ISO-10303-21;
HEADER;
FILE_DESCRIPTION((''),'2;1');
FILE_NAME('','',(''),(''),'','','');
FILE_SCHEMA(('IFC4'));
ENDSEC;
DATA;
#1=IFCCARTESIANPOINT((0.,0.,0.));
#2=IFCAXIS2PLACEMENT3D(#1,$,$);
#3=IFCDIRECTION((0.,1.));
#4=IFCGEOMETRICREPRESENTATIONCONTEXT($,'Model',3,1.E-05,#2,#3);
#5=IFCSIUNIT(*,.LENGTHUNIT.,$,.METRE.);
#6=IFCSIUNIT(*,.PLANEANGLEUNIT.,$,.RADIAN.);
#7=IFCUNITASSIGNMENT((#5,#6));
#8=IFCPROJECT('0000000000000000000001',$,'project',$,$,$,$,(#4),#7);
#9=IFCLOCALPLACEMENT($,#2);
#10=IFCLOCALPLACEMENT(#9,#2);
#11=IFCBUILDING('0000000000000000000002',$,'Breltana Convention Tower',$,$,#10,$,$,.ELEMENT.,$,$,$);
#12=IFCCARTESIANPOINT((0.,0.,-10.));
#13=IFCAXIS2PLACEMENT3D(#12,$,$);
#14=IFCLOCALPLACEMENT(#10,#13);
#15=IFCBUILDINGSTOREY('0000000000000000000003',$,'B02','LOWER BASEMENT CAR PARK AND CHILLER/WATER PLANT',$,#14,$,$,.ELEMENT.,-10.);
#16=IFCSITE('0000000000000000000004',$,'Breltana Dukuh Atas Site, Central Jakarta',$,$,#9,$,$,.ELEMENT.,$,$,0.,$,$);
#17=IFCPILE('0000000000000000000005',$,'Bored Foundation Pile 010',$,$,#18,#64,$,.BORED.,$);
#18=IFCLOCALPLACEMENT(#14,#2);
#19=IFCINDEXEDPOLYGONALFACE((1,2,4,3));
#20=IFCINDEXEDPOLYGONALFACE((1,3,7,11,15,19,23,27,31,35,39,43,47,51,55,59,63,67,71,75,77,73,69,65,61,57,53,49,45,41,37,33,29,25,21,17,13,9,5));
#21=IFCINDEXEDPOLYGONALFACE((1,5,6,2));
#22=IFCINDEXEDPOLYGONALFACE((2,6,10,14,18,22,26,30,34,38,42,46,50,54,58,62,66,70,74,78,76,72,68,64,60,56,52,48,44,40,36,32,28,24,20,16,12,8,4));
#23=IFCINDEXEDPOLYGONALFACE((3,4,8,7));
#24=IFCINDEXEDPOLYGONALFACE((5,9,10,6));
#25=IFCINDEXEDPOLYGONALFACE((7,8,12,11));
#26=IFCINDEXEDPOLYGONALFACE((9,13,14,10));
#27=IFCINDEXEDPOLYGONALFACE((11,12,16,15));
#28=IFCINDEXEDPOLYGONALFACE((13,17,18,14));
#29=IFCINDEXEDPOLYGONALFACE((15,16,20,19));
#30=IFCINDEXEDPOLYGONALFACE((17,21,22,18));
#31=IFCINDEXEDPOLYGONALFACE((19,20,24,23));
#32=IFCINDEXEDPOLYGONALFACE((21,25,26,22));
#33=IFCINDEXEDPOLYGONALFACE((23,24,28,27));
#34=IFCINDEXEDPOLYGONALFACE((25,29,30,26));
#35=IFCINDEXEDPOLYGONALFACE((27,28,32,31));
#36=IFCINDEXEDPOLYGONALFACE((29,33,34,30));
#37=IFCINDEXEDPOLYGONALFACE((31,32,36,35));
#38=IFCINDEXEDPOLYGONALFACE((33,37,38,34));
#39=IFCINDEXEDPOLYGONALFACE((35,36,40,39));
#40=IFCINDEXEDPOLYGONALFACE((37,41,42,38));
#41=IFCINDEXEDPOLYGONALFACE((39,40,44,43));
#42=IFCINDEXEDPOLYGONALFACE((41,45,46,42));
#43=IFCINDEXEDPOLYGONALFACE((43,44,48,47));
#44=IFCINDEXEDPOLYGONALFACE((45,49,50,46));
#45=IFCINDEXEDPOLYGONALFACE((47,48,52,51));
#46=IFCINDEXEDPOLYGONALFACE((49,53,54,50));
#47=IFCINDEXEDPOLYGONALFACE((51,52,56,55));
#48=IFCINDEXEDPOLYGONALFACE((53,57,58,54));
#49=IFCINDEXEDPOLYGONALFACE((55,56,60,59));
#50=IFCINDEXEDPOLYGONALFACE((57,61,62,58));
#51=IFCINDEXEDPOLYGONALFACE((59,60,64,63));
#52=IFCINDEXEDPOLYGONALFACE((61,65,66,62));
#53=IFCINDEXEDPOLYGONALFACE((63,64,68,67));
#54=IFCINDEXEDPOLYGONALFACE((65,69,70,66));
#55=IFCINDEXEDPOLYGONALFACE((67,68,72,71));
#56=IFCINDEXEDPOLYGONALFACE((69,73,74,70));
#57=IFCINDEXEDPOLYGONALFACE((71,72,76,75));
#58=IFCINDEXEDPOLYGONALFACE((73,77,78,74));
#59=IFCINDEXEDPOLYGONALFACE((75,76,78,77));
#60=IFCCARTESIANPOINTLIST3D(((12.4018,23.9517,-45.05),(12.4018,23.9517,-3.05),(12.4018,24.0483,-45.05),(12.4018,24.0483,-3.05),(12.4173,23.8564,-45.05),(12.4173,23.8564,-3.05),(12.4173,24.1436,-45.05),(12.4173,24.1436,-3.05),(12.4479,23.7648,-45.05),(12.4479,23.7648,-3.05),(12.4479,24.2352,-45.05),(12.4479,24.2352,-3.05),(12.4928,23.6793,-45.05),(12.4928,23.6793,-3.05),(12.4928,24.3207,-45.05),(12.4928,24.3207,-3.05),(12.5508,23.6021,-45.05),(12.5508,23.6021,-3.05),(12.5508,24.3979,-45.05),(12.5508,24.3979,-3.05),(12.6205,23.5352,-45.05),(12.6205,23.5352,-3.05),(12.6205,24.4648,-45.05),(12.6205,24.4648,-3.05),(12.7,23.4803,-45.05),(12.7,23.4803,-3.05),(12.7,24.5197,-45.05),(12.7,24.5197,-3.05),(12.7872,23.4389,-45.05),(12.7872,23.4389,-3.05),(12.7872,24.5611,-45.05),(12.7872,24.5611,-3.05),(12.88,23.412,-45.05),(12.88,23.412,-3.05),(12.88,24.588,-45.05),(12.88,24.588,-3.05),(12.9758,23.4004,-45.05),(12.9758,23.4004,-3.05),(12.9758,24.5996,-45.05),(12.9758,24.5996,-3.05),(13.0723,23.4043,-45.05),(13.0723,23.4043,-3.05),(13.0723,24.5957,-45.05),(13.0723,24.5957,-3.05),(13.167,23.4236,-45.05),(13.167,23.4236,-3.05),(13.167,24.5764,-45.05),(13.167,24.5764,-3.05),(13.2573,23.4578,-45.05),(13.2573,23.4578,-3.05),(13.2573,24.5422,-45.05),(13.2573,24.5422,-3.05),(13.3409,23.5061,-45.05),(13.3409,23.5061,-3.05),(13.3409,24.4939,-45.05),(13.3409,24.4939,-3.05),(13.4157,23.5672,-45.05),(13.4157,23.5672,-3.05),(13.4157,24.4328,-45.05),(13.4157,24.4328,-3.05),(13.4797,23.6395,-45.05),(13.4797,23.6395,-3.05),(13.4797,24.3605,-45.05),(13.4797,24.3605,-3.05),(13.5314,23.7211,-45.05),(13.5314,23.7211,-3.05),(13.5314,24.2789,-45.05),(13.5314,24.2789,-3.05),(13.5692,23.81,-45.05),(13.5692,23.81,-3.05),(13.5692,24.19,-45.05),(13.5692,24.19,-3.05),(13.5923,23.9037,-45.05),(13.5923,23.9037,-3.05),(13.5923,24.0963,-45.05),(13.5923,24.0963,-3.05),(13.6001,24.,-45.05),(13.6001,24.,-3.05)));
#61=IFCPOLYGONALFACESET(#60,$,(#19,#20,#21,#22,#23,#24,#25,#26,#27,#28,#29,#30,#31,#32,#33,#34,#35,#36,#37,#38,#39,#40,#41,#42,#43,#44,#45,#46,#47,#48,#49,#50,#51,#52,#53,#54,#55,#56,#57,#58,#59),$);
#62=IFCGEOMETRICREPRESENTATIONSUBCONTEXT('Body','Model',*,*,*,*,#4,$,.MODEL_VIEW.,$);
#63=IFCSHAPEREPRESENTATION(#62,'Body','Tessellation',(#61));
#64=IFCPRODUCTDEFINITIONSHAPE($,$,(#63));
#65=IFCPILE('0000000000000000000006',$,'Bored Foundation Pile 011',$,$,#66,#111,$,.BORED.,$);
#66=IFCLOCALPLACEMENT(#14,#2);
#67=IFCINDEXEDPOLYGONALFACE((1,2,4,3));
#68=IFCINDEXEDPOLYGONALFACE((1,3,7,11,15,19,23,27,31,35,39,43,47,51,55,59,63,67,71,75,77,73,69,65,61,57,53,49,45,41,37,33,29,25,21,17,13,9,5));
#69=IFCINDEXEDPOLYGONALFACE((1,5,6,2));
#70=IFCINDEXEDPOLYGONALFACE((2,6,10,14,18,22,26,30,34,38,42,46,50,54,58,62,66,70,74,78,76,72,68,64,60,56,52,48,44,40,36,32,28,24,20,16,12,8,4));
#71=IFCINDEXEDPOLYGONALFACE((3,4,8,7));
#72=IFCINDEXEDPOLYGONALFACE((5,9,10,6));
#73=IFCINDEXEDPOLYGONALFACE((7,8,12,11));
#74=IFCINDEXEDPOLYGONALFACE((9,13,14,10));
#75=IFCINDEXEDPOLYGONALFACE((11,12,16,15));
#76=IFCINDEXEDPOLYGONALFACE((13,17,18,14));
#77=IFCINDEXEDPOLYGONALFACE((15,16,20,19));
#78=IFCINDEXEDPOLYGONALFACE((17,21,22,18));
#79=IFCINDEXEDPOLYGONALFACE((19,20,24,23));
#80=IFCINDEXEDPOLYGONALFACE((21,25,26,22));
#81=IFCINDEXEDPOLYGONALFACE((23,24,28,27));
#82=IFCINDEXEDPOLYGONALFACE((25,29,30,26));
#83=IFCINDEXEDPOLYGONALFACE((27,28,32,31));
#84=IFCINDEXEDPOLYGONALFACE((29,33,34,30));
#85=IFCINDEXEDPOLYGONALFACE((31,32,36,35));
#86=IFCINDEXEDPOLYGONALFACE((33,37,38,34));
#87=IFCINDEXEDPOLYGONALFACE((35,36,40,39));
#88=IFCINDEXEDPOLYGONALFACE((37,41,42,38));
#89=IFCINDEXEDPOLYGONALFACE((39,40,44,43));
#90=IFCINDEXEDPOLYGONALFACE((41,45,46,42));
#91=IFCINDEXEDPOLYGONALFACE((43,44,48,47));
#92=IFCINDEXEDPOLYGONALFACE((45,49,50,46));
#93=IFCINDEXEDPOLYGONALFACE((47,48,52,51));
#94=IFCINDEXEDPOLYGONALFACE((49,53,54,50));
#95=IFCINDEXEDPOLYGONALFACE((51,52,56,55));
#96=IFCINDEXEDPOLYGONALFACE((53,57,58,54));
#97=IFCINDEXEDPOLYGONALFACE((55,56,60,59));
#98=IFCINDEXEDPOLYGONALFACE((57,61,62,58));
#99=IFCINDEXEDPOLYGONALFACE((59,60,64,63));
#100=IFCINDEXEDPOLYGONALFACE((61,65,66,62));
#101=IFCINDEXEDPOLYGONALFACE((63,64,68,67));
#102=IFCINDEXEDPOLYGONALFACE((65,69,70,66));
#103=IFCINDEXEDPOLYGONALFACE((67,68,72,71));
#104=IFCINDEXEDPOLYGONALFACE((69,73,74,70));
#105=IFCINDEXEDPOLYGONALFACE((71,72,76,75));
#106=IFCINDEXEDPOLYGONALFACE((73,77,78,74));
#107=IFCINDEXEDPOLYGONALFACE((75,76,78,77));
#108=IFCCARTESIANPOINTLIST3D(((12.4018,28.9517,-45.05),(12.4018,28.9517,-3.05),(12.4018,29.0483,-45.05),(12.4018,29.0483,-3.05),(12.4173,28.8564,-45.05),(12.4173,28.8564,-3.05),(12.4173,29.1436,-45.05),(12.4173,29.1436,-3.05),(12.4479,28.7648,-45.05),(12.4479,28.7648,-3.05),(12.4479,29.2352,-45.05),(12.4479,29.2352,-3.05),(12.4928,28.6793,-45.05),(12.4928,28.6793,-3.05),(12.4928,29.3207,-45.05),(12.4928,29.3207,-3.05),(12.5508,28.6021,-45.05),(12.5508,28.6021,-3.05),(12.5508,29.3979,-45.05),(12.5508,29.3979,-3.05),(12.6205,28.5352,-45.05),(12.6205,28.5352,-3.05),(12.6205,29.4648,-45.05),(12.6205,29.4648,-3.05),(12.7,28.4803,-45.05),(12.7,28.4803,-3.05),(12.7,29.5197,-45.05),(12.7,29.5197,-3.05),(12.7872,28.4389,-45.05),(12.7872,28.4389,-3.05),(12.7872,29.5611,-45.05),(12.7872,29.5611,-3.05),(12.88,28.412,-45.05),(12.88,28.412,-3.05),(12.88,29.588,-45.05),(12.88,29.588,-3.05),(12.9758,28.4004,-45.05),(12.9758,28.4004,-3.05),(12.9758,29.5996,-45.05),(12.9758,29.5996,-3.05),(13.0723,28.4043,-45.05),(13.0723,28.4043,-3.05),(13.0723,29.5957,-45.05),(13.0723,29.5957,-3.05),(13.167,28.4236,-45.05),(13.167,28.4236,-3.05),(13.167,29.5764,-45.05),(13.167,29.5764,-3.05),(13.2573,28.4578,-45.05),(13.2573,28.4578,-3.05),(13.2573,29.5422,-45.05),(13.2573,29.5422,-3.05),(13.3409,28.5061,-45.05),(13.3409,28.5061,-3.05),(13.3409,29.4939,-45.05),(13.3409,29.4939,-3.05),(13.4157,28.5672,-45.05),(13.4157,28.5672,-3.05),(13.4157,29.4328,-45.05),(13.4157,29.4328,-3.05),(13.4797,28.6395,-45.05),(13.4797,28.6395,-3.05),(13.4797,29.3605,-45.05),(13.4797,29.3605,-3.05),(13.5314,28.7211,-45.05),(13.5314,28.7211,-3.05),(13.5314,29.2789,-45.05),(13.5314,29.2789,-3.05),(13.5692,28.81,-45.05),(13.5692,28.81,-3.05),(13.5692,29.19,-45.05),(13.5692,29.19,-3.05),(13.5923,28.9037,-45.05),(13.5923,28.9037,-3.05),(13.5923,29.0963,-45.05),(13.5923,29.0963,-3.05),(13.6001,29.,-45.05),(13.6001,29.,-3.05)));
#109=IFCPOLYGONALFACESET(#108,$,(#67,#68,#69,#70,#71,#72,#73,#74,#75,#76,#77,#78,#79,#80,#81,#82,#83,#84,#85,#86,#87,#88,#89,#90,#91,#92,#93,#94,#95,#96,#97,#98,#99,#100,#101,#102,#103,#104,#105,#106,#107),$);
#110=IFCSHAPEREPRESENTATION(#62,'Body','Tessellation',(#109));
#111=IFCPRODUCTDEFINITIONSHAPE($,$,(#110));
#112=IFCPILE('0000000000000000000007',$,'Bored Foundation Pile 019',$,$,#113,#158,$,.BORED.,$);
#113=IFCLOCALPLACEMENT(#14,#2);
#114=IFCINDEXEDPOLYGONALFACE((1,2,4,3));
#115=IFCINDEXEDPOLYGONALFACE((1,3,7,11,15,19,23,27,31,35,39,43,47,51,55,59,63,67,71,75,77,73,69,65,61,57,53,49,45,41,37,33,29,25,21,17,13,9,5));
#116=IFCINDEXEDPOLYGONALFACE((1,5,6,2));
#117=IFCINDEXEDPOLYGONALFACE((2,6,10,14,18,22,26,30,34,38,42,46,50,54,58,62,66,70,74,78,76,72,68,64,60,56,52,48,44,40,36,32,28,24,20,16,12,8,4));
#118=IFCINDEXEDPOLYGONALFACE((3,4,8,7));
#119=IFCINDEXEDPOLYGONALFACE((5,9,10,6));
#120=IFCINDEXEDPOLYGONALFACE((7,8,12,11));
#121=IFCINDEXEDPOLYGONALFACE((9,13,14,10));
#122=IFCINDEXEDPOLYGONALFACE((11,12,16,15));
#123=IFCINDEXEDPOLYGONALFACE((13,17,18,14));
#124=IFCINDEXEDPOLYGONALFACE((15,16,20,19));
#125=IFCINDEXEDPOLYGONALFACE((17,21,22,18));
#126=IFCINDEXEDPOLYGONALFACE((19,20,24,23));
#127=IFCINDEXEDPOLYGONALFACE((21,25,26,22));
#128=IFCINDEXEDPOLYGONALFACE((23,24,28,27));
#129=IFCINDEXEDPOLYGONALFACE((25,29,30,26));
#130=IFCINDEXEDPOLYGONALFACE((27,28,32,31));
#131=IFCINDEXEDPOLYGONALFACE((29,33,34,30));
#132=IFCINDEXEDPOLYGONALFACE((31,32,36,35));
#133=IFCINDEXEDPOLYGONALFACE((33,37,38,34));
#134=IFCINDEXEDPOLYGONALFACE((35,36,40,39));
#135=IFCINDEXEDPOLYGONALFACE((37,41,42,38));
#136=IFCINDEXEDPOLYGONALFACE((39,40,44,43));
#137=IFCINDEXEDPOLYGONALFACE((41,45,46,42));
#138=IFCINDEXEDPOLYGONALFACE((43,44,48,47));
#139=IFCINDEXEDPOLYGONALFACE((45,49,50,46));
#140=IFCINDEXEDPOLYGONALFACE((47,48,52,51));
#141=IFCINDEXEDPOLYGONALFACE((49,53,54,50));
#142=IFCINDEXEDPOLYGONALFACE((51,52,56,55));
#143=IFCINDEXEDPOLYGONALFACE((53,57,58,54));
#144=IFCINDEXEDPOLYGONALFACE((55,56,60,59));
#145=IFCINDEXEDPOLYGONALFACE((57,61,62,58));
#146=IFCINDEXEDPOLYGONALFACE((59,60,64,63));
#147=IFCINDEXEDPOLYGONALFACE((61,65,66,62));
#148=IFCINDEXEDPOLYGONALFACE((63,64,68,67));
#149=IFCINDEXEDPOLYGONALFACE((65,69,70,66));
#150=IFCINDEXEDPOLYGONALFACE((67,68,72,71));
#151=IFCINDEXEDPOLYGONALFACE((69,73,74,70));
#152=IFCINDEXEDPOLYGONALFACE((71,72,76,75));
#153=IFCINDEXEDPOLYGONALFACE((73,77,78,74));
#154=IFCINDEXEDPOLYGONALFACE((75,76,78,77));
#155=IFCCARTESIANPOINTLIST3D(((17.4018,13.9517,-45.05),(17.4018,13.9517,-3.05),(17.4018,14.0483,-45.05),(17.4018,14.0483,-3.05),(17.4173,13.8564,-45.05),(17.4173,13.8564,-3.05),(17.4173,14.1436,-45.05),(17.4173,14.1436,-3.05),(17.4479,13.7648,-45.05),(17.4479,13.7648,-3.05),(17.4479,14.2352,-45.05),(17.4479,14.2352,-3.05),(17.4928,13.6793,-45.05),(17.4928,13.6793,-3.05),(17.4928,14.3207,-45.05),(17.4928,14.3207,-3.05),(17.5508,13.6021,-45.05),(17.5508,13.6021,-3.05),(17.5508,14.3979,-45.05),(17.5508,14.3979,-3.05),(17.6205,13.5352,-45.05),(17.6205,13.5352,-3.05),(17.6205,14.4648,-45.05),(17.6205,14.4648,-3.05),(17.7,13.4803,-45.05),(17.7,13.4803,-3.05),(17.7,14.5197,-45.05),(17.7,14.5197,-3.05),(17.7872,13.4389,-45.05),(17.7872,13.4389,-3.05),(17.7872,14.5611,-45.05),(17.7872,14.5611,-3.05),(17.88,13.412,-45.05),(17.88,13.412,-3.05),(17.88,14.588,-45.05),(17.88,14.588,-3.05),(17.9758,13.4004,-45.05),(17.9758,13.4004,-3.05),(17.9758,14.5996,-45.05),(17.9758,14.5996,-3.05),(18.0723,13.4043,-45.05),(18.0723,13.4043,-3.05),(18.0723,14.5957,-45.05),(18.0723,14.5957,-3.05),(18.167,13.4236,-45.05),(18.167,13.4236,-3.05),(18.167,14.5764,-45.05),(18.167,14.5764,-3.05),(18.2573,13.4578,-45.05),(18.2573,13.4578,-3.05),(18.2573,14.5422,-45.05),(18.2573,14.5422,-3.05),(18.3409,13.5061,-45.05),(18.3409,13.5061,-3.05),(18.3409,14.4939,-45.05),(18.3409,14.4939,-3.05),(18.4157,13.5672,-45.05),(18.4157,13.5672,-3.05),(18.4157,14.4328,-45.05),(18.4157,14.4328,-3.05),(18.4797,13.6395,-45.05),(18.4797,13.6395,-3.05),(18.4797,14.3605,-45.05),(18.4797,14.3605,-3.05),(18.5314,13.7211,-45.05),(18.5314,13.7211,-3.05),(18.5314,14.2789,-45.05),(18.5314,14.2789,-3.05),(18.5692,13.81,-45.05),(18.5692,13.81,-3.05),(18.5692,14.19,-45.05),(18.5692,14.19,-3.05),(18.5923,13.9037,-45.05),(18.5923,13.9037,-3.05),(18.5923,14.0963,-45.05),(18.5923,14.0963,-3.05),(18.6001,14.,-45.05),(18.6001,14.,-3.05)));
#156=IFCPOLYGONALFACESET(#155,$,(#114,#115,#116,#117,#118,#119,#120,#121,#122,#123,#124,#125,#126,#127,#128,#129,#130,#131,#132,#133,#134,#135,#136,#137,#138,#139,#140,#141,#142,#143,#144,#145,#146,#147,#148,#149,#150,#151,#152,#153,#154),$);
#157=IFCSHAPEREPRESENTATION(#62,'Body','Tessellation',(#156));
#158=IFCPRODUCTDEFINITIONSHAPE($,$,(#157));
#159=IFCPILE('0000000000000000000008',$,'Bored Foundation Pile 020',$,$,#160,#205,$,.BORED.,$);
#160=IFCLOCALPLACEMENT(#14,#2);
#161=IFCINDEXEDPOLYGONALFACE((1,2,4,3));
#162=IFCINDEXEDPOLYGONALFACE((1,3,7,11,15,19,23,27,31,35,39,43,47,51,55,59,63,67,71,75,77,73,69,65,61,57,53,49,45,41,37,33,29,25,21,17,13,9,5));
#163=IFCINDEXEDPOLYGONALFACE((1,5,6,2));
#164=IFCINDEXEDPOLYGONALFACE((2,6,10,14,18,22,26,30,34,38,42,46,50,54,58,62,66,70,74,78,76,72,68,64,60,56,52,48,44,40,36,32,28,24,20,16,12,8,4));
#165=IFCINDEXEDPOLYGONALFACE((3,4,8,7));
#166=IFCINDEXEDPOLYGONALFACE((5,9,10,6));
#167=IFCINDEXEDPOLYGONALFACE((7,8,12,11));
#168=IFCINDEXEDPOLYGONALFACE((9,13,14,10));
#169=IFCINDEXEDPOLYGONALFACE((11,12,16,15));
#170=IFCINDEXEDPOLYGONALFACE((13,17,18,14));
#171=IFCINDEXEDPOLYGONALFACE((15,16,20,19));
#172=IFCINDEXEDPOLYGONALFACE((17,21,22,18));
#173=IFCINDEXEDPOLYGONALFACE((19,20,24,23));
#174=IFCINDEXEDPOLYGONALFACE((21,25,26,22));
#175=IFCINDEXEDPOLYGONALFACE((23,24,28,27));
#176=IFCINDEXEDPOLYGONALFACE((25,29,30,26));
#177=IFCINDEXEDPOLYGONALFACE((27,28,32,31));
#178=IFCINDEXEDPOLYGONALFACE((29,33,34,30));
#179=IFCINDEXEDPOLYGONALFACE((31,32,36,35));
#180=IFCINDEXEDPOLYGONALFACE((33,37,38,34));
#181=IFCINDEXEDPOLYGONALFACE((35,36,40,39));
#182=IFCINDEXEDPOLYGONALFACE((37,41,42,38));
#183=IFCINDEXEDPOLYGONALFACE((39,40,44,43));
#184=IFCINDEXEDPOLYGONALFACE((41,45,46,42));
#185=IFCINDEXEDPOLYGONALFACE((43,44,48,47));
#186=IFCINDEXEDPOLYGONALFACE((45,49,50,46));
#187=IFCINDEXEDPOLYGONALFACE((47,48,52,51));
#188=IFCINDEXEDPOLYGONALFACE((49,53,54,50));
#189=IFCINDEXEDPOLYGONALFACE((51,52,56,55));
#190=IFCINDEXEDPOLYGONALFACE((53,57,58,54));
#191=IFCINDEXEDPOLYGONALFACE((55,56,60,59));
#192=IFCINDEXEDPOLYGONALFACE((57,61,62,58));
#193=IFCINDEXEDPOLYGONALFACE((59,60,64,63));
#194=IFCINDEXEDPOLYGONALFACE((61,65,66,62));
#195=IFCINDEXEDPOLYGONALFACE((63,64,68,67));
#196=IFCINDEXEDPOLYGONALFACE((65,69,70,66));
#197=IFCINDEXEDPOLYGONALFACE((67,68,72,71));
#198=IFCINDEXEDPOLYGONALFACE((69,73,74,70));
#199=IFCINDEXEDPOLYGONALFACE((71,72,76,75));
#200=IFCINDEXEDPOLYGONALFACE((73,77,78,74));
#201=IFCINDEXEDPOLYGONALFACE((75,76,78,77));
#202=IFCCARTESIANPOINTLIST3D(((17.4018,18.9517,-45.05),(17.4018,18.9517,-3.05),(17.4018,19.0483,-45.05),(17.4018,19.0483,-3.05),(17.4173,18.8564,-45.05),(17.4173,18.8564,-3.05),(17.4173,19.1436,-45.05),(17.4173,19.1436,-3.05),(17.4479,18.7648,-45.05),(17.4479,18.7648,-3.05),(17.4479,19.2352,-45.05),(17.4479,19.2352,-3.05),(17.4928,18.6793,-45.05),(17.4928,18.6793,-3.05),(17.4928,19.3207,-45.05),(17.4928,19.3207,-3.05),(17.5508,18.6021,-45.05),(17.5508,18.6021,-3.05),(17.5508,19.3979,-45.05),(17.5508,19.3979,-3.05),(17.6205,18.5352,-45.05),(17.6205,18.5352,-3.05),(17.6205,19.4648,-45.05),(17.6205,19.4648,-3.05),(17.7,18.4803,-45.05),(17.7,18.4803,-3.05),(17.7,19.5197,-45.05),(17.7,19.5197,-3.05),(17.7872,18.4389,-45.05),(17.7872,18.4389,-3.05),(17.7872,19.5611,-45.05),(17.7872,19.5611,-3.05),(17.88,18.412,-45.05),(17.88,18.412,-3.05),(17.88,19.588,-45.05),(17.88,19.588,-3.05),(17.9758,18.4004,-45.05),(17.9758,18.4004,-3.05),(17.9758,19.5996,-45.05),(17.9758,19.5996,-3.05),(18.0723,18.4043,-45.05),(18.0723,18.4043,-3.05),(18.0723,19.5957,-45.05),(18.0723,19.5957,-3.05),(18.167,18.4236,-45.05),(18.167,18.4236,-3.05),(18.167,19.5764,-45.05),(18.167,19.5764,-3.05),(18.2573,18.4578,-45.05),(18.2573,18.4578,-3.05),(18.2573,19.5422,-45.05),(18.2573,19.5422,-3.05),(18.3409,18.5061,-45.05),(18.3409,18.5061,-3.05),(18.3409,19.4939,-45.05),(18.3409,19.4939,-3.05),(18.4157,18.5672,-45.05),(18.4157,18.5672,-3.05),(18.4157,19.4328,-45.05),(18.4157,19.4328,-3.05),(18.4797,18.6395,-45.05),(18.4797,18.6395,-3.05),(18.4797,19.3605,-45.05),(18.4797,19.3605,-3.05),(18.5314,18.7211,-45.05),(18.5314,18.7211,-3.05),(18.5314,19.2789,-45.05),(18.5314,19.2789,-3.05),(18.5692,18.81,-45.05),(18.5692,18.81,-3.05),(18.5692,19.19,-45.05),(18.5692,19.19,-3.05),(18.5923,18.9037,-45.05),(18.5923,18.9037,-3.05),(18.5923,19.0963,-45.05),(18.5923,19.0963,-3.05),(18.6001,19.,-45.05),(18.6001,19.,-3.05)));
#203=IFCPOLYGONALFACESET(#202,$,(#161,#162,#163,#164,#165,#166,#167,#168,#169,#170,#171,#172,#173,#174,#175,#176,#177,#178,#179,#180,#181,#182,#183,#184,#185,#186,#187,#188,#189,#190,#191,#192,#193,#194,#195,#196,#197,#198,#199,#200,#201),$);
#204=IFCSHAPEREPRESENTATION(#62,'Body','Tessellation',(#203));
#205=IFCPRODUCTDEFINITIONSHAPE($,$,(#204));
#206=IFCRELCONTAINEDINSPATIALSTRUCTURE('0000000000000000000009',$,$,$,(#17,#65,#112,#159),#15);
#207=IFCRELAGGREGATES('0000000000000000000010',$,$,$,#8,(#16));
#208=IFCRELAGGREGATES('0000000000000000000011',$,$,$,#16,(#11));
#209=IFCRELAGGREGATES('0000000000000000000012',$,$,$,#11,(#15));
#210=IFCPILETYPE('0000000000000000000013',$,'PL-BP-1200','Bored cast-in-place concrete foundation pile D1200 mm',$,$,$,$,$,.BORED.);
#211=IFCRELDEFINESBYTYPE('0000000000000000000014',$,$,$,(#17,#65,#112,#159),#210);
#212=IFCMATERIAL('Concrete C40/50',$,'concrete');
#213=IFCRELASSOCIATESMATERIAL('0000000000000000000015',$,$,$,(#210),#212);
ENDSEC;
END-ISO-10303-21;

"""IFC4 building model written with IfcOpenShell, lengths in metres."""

from ifc_helpers import new_model, si_unit, direction, frame, origin, origin_2d, place, context, subcontext, project, spatial, circle, extrude, source, transform, mapped, material, material_profile, profile_set, type_object, type_shapes, element, save


model = new_model("IFC4")

# Units and contexts
model_context = context("Model", 3, precision=1e-05, world=origin(), true_north=direction((0.0, 1.0)))
body_context = subcontext(model_context, "Body", "Model", "MODEL_VIEW")
ifc_project = project(units=[si_unit("LENGTHUNIT", "METRE"), si_unit("PLANEANGLEUNIT", "RADIAN")], contexts=[model_context])

# Site, building, storey
site_placement = place(None, origin())
site = spatial("IfcSite", under=ifc_project, at=site_placement, Name="Breltana Dukuh Atas Site, Central Jakarta", CompositionType="ELEMENT", RefElevation=0.0)
building_placement = place(site_placement, origin())
building = spatial("IfcBuilding", under=site, at=building_placement, Name="Breltana Convention Tower", CompositionType="ELEMENT")
storey_placement = place(building_placement, frame((0.0, 0.0, -10.0)))
storey = spatial("IfcBuildingStorey", under=building, at=storey_placement, Name="B02", Description="LOWER BASEMENT CAR PARK AND CHILLER/WATER PLANT", CompositionType="ELEMENT", Elevation=-10.0)

# Piles
ifc_material_1 = material(Name="Concrete C40/50", Category="concrete")
ifc_material_profile_1 = material_profile(ifc_material_1, circle(Radius=0.6001, at=origin_2d()), Name="BP-D1200")
ifc_profile_set_1 = profile_set([ifc_material_profile_1], Name="Concrete C40/50")
pile_type = type_object("IfcPileType", Name="PL-BP-1200", Description="Bored cast-in-place concrete foundation pile D1200 mm", PredefinedType="BORED", material=ifc_profile_set_1)
shared_shape_1 = source(origin(), body_context, "Body", "SweptSolid", [
    extrude(circle(Radius=0.6001, at=origin_2d()), origin(), (0.0, 0.0, 1.0), 42.0),
])
type_shapes(pile_type, [shared_shape_1])
for number, where, z_axis, x_axis, name in (
    (1, (13.0, 24.0, -3.05), (0.0, 0.0, -1.0), (1.0, 0.0, 0.0), "Bored Foundation Pile 010"),
    (2, (13.0, 29.0, -3.05), (0.0, 0.0, -1.0), (1.0, 0.0, 0.0), "Bored Foundation Pile 011"),
    (3, (18.0, 14.0, -3.05), (0.0, 0.0, -1.0), (1.0, 0.0, 0.0), "Bored Foundation Pile 019"),
    (4, (18.0, 19.0, -3.05), (0.0, 0.0, -1.0), (1.0, 0.0, 0.0), "Bored Foundation Pile 020"),
):
    element("IfcPile", number, at=place(storey_placement, frame(where, z_axis=z_axis, x_axis=x_axis)), inside=storey, type_object=pile_type, Name=name, PredefinedType="BORED", context=body_context, shape_type="MappedRepresentation", body=[
        mapped(shared_shape_1, transform((0.0, 0.0, 0.0), scale=1.0)),
    ])

save(model, "model.ifc")
